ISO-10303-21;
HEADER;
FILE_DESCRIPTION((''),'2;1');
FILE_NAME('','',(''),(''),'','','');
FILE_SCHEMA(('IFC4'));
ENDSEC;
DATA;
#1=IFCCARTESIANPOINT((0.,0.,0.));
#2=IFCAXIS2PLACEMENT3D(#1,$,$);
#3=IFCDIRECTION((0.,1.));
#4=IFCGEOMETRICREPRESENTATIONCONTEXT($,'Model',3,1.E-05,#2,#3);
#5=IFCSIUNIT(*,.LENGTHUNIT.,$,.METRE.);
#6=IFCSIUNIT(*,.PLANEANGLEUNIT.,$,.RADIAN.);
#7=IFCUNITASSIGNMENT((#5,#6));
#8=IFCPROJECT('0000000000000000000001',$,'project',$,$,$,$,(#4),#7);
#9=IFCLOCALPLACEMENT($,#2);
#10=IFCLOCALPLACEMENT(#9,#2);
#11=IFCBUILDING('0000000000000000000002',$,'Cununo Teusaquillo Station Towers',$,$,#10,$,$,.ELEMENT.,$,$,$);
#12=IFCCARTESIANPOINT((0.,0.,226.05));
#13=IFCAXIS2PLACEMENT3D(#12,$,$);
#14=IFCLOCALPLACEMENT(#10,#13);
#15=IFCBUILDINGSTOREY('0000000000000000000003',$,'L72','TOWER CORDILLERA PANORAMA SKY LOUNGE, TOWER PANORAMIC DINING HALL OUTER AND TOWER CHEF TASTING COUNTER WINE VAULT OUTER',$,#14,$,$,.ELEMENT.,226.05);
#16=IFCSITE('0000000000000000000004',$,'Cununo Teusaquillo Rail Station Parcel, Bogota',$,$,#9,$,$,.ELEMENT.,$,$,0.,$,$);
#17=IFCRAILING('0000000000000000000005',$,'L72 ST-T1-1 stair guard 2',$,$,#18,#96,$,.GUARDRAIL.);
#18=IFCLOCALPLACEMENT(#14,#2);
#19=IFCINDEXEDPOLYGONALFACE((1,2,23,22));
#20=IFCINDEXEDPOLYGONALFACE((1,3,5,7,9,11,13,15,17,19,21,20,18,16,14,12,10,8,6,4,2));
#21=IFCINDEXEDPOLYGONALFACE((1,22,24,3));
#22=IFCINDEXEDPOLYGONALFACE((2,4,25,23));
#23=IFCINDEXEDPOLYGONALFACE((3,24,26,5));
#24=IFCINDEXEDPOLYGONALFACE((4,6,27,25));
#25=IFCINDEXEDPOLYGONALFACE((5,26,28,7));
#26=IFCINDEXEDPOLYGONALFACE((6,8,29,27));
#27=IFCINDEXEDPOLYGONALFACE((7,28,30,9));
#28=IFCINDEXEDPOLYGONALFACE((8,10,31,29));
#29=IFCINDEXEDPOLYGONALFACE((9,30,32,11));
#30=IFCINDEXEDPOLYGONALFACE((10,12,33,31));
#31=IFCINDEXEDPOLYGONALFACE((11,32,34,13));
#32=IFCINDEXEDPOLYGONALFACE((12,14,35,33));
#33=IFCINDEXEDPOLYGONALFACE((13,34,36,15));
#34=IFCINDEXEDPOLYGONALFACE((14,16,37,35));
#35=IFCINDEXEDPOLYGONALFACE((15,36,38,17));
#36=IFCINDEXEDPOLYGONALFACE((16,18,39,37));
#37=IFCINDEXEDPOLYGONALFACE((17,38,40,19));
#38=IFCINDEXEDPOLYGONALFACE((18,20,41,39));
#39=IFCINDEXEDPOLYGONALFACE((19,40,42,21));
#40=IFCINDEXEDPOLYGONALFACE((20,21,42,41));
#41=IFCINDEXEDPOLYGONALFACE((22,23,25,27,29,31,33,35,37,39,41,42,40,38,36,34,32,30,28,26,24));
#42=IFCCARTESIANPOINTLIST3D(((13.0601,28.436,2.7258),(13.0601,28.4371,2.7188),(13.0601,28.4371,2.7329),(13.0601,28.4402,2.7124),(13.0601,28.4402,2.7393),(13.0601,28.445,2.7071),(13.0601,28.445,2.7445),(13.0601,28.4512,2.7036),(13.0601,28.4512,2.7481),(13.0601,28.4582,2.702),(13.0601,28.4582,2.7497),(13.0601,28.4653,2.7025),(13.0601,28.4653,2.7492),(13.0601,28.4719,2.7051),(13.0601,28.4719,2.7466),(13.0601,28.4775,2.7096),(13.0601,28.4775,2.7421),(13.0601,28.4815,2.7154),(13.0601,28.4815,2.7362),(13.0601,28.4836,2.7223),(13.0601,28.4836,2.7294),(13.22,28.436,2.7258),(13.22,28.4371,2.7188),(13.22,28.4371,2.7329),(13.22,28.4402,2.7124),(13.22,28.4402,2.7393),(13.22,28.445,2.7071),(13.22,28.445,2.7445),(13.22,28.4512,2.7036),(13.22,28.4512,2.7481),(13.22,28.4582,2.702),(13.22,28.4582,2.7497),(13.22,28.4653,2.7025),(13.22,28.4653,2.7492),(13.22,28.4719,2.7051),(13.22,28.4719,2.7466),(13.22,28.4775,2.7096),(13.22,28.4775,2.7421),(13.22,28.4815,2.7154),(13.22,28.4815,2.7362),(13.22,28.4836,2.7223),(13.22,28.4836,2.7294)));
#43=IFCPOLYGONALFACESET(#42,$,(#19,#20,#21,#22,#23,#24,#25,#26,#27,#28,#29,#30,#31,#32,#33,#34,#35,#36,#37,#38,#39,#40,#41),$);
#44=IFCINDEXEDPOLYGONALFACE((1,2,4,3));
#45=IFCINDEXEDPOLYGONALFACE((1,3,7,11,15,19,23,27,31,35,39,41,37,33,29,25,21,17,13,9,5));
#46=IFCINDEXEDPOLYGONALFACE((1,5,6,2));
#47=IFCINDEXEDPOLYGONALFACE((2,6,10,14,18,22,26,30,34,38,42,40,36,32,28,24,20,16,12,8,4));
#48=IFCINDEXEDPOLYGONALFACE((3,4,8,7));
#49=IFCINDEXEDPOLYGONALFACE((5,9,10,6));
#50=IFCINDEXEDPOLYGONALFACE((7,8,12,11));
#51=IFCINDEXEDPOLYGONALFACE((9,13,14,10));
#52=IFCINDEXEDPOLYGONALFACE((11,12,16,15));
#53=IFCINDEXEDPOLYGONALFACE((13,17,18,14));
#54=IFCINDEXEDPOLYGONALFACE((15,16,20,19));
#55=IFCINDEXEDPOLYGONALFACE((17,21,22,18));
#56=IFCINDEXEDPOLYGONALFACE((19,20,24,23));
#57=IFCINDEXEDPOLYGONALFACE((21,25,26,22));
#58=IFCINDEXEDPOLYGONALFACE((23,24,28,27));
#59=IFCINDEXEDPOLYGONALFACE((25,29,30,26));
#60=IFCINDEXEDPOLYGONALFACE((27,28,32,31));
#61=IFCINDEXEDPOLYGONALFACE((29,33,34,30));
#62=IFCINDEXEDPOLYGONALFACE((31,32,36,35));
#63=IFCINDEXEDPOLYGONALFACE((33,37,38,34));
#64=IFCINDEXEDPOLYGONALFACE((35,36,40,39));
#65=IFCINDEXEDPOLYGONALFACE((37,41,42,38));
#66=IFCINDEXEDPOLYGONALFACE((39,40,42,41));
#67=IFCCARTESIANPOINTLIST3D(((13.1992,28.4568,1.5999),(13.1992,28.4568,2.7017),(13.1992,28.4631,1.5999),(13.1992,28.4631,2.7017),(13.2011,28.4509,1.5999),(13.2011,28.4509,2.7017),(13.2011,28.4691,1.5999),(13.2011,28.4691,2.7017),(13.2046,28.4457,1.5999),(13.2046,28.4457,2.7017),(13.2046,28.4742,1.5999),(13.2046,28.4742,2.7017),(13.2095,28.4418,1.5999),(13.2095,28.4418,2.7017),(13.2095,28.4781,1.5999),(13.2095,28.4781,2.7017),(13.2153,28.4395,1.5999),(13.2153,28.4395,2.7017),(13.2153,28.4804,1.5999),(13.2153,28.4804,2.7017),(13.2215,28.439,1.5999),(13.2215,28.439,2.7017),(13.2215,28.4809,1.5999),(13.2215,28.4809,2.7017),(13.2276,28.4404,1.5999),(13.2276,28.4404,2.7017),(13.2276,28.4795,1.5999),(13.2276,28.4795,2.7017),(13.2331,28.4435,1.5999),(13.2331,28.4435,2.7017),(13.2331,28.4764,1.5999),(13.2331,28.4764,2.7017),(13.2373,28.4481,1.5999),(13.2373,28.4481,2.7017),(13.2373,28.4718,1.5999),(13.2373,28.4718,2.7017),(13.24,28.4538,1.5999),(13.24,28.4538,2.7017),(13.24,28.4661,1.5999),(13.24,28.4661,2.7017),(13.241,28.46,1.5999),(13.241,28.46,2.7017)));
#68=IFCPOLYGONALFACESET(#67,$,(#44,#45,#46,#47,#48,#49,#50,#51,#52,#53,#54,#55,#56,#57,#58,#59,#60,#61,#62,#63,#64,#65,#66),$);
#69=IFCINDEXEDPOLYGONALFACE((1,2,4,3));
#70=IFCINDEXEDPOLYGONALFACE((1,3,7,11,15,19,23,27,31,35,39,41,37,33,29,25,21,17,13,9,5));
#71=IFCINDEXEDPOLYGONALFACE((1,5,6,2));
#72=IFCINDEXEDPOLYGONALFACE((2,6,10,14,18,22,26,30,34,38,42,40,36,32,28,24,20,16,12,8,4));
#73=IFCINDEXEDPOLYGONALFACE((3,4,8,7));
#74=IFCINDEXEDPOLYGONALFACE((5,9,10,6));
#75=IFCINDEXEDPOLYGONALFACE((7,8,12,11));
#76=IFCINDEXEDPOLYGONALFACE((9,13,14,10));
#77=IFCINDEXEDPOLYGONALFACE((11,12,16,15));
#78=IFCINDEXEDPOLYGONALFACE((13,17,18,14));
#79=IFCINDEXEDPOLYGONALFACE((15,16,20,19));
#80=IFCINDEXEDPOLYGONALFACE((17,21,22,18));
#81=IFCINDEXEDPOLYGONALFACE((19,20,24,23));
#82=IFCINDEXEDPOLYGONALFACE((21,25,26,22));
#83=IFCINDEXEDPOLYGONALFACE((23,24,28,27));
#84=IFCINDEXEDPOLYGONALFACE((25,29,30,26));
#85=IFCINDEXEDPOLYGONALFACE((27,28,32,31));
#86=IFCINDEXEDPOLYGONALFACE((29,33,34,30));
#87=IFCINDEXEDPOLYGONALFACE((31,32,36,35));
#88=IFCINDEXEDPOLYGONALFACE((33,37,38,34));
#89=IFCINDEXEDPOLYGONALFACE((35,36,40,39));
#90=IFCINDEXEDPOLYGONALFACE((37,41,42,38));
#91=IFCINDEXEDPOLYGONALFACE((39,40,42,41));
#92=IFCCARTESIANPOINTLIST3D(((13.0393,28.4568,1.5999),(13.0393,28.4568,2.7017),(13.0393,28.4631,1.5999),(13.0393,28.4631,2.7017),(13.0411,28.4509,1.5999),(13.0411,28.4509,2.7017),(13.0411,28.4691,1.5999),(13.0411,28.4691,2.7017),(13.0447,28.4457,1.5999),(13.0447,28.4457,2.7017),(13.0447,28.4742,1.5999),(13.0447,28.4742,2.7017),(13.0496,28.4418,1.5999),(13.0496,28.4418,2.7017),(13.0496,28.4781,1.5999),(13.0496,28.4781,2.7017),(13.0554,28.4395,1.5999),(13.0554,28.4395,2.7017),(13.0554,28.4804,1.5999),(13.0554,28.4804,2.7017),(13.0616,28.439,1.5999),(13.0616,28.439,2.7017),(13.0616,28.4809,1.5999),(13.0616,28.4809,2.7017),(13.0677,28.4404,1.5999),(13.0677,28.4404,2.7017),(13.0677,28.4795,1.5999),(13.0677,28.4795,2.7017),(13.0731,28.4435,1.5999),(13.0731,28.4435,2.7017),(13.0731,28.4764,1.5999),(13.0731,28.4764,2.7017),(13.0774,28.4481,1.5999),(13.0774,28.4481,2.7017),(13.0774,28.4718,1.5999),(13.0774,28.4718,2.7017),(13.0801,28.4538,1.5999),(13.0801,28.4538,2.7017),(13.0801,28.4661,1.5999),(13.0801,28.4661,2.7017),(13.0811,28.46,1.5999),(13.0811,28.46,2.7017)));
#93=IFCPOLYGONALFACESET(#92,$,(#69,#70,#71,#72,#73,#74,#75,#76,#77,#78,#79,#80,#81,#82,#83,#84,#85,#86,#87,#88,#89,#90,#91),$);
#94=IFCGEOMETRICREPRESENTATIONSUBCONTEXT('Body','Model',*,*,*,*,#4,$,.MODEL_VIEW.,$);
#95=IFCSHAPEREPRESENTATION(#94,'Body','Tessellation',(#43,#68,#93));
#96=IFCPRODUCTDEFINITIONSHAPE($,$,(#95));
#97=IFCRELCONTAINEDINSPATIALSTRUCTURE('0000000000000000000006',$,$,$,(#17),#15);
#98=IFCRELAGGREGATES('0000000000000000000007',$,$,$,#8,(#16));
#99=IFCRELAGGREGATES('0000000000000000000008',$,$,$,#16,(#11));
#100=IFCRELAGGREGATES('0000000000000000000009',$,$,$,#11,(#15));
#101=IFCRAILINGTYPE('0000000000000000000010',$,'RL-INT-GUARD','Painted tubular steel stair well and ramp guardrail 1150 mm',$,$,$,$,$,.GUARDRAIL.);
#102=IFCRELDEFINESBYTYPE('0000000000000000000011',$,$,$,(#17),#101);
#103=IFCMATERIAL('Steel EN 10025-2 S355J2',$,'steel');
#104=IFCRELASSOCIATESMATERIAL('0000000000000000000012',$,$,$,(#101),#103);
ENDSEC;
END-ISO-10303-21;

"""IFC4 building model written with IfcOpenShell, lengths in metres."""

from ifc_helpers import new_model, si_unit, direction, frame, origin, origin_2d, place, context, subcontext, project, spatial, circle, extrude, material, type_object, element, save


model = new_model("IFC4")

# Units and contexts
model_context = context("Model", 3, precision=1e-05, world=origin(), true_north=direction((0.0, 1.0)))
body_context = subcontext(model_context, "Body", "Model", "MODEL_VIEW")
ifc_project = project(units=[si_unit("LENGTHUNIT", "METRE"), si_unit("PLANEANGLEUNIT", "RADIAN")], contexts=[model_context])

# Site, building, storey
site_placement = place(None, origin())
site = spatial("IfcSite", under=ifc_project, at=site_placement, Name="Cununo Teusaquillo Rail Station Parcel, Bogota", CompositionType="ELEMENT", RefElevation=0.0)
building_placement = place(site_placement, origin())
building = spatial("IfcBuilding", under=site, at=building_placement, Name="Cununo Teusaquillo Station Towers", CompositionType="ELEMENT")
storey_placement = place(building_placement, frame((0.0, 0.0, 226.05)))
storey = spatial("IfcBuildingStorey", under=building, at=storey_placement, Name="L72", Description="TOWER CORDILLERA PANORAMA SKY LOUNGE, TOWER PANORAMIC DINING HALL OUTER AND TOWER CHEF TASTING COUNTER WINE VAULT OUTER", CompositionType="ELEMENT", Elevation=226.05)

# Railing
ifc_material_1 = material(Name="Steel EN 10025-2 S355J2", Category="steel")
railing_type_1 = type_object("IfcRailingType", Name="RL-INT-GUARD", Description="Painted tubular steel stair well and ramp guardrail 1150 mm", PredefinedType="GUARDRAIL", material=ifc_material_1)
railing_1_placement = place(storey_placement, frame((13.22, 28.46, 1.5999)))
element("IfcRailing", 1, at=railing_1_placement, inside=storey, type_object=railing_type_1, Name="L72 ST-T1-1 stair guard 2", PredefinedType="GUARDRAIL", context=body_context, shape_type="SweptSolid", body=[
    extrude(circle(Radius=0.0239, at=origin_2d()), frame((0.0, 0.0, 1.126), z_axis=(-1.0, 0.0, 0.0), x_axis=(0.0, -1.0, 0.0)), (0.0, 0.0, 1.0), 0.1599),
    extrude(circle(Radius=0.021, at=origin_2d()), origin(), (0.0, 0.0, 1.0), 1.1018),
    extrude(circle(Radius=0.021, at=origin_2d()), frame((-0.1599, 0.0, 0.0)), (0.0, 0.0, 1.0), 1.1018),
])

save(model, "model.ifc")
